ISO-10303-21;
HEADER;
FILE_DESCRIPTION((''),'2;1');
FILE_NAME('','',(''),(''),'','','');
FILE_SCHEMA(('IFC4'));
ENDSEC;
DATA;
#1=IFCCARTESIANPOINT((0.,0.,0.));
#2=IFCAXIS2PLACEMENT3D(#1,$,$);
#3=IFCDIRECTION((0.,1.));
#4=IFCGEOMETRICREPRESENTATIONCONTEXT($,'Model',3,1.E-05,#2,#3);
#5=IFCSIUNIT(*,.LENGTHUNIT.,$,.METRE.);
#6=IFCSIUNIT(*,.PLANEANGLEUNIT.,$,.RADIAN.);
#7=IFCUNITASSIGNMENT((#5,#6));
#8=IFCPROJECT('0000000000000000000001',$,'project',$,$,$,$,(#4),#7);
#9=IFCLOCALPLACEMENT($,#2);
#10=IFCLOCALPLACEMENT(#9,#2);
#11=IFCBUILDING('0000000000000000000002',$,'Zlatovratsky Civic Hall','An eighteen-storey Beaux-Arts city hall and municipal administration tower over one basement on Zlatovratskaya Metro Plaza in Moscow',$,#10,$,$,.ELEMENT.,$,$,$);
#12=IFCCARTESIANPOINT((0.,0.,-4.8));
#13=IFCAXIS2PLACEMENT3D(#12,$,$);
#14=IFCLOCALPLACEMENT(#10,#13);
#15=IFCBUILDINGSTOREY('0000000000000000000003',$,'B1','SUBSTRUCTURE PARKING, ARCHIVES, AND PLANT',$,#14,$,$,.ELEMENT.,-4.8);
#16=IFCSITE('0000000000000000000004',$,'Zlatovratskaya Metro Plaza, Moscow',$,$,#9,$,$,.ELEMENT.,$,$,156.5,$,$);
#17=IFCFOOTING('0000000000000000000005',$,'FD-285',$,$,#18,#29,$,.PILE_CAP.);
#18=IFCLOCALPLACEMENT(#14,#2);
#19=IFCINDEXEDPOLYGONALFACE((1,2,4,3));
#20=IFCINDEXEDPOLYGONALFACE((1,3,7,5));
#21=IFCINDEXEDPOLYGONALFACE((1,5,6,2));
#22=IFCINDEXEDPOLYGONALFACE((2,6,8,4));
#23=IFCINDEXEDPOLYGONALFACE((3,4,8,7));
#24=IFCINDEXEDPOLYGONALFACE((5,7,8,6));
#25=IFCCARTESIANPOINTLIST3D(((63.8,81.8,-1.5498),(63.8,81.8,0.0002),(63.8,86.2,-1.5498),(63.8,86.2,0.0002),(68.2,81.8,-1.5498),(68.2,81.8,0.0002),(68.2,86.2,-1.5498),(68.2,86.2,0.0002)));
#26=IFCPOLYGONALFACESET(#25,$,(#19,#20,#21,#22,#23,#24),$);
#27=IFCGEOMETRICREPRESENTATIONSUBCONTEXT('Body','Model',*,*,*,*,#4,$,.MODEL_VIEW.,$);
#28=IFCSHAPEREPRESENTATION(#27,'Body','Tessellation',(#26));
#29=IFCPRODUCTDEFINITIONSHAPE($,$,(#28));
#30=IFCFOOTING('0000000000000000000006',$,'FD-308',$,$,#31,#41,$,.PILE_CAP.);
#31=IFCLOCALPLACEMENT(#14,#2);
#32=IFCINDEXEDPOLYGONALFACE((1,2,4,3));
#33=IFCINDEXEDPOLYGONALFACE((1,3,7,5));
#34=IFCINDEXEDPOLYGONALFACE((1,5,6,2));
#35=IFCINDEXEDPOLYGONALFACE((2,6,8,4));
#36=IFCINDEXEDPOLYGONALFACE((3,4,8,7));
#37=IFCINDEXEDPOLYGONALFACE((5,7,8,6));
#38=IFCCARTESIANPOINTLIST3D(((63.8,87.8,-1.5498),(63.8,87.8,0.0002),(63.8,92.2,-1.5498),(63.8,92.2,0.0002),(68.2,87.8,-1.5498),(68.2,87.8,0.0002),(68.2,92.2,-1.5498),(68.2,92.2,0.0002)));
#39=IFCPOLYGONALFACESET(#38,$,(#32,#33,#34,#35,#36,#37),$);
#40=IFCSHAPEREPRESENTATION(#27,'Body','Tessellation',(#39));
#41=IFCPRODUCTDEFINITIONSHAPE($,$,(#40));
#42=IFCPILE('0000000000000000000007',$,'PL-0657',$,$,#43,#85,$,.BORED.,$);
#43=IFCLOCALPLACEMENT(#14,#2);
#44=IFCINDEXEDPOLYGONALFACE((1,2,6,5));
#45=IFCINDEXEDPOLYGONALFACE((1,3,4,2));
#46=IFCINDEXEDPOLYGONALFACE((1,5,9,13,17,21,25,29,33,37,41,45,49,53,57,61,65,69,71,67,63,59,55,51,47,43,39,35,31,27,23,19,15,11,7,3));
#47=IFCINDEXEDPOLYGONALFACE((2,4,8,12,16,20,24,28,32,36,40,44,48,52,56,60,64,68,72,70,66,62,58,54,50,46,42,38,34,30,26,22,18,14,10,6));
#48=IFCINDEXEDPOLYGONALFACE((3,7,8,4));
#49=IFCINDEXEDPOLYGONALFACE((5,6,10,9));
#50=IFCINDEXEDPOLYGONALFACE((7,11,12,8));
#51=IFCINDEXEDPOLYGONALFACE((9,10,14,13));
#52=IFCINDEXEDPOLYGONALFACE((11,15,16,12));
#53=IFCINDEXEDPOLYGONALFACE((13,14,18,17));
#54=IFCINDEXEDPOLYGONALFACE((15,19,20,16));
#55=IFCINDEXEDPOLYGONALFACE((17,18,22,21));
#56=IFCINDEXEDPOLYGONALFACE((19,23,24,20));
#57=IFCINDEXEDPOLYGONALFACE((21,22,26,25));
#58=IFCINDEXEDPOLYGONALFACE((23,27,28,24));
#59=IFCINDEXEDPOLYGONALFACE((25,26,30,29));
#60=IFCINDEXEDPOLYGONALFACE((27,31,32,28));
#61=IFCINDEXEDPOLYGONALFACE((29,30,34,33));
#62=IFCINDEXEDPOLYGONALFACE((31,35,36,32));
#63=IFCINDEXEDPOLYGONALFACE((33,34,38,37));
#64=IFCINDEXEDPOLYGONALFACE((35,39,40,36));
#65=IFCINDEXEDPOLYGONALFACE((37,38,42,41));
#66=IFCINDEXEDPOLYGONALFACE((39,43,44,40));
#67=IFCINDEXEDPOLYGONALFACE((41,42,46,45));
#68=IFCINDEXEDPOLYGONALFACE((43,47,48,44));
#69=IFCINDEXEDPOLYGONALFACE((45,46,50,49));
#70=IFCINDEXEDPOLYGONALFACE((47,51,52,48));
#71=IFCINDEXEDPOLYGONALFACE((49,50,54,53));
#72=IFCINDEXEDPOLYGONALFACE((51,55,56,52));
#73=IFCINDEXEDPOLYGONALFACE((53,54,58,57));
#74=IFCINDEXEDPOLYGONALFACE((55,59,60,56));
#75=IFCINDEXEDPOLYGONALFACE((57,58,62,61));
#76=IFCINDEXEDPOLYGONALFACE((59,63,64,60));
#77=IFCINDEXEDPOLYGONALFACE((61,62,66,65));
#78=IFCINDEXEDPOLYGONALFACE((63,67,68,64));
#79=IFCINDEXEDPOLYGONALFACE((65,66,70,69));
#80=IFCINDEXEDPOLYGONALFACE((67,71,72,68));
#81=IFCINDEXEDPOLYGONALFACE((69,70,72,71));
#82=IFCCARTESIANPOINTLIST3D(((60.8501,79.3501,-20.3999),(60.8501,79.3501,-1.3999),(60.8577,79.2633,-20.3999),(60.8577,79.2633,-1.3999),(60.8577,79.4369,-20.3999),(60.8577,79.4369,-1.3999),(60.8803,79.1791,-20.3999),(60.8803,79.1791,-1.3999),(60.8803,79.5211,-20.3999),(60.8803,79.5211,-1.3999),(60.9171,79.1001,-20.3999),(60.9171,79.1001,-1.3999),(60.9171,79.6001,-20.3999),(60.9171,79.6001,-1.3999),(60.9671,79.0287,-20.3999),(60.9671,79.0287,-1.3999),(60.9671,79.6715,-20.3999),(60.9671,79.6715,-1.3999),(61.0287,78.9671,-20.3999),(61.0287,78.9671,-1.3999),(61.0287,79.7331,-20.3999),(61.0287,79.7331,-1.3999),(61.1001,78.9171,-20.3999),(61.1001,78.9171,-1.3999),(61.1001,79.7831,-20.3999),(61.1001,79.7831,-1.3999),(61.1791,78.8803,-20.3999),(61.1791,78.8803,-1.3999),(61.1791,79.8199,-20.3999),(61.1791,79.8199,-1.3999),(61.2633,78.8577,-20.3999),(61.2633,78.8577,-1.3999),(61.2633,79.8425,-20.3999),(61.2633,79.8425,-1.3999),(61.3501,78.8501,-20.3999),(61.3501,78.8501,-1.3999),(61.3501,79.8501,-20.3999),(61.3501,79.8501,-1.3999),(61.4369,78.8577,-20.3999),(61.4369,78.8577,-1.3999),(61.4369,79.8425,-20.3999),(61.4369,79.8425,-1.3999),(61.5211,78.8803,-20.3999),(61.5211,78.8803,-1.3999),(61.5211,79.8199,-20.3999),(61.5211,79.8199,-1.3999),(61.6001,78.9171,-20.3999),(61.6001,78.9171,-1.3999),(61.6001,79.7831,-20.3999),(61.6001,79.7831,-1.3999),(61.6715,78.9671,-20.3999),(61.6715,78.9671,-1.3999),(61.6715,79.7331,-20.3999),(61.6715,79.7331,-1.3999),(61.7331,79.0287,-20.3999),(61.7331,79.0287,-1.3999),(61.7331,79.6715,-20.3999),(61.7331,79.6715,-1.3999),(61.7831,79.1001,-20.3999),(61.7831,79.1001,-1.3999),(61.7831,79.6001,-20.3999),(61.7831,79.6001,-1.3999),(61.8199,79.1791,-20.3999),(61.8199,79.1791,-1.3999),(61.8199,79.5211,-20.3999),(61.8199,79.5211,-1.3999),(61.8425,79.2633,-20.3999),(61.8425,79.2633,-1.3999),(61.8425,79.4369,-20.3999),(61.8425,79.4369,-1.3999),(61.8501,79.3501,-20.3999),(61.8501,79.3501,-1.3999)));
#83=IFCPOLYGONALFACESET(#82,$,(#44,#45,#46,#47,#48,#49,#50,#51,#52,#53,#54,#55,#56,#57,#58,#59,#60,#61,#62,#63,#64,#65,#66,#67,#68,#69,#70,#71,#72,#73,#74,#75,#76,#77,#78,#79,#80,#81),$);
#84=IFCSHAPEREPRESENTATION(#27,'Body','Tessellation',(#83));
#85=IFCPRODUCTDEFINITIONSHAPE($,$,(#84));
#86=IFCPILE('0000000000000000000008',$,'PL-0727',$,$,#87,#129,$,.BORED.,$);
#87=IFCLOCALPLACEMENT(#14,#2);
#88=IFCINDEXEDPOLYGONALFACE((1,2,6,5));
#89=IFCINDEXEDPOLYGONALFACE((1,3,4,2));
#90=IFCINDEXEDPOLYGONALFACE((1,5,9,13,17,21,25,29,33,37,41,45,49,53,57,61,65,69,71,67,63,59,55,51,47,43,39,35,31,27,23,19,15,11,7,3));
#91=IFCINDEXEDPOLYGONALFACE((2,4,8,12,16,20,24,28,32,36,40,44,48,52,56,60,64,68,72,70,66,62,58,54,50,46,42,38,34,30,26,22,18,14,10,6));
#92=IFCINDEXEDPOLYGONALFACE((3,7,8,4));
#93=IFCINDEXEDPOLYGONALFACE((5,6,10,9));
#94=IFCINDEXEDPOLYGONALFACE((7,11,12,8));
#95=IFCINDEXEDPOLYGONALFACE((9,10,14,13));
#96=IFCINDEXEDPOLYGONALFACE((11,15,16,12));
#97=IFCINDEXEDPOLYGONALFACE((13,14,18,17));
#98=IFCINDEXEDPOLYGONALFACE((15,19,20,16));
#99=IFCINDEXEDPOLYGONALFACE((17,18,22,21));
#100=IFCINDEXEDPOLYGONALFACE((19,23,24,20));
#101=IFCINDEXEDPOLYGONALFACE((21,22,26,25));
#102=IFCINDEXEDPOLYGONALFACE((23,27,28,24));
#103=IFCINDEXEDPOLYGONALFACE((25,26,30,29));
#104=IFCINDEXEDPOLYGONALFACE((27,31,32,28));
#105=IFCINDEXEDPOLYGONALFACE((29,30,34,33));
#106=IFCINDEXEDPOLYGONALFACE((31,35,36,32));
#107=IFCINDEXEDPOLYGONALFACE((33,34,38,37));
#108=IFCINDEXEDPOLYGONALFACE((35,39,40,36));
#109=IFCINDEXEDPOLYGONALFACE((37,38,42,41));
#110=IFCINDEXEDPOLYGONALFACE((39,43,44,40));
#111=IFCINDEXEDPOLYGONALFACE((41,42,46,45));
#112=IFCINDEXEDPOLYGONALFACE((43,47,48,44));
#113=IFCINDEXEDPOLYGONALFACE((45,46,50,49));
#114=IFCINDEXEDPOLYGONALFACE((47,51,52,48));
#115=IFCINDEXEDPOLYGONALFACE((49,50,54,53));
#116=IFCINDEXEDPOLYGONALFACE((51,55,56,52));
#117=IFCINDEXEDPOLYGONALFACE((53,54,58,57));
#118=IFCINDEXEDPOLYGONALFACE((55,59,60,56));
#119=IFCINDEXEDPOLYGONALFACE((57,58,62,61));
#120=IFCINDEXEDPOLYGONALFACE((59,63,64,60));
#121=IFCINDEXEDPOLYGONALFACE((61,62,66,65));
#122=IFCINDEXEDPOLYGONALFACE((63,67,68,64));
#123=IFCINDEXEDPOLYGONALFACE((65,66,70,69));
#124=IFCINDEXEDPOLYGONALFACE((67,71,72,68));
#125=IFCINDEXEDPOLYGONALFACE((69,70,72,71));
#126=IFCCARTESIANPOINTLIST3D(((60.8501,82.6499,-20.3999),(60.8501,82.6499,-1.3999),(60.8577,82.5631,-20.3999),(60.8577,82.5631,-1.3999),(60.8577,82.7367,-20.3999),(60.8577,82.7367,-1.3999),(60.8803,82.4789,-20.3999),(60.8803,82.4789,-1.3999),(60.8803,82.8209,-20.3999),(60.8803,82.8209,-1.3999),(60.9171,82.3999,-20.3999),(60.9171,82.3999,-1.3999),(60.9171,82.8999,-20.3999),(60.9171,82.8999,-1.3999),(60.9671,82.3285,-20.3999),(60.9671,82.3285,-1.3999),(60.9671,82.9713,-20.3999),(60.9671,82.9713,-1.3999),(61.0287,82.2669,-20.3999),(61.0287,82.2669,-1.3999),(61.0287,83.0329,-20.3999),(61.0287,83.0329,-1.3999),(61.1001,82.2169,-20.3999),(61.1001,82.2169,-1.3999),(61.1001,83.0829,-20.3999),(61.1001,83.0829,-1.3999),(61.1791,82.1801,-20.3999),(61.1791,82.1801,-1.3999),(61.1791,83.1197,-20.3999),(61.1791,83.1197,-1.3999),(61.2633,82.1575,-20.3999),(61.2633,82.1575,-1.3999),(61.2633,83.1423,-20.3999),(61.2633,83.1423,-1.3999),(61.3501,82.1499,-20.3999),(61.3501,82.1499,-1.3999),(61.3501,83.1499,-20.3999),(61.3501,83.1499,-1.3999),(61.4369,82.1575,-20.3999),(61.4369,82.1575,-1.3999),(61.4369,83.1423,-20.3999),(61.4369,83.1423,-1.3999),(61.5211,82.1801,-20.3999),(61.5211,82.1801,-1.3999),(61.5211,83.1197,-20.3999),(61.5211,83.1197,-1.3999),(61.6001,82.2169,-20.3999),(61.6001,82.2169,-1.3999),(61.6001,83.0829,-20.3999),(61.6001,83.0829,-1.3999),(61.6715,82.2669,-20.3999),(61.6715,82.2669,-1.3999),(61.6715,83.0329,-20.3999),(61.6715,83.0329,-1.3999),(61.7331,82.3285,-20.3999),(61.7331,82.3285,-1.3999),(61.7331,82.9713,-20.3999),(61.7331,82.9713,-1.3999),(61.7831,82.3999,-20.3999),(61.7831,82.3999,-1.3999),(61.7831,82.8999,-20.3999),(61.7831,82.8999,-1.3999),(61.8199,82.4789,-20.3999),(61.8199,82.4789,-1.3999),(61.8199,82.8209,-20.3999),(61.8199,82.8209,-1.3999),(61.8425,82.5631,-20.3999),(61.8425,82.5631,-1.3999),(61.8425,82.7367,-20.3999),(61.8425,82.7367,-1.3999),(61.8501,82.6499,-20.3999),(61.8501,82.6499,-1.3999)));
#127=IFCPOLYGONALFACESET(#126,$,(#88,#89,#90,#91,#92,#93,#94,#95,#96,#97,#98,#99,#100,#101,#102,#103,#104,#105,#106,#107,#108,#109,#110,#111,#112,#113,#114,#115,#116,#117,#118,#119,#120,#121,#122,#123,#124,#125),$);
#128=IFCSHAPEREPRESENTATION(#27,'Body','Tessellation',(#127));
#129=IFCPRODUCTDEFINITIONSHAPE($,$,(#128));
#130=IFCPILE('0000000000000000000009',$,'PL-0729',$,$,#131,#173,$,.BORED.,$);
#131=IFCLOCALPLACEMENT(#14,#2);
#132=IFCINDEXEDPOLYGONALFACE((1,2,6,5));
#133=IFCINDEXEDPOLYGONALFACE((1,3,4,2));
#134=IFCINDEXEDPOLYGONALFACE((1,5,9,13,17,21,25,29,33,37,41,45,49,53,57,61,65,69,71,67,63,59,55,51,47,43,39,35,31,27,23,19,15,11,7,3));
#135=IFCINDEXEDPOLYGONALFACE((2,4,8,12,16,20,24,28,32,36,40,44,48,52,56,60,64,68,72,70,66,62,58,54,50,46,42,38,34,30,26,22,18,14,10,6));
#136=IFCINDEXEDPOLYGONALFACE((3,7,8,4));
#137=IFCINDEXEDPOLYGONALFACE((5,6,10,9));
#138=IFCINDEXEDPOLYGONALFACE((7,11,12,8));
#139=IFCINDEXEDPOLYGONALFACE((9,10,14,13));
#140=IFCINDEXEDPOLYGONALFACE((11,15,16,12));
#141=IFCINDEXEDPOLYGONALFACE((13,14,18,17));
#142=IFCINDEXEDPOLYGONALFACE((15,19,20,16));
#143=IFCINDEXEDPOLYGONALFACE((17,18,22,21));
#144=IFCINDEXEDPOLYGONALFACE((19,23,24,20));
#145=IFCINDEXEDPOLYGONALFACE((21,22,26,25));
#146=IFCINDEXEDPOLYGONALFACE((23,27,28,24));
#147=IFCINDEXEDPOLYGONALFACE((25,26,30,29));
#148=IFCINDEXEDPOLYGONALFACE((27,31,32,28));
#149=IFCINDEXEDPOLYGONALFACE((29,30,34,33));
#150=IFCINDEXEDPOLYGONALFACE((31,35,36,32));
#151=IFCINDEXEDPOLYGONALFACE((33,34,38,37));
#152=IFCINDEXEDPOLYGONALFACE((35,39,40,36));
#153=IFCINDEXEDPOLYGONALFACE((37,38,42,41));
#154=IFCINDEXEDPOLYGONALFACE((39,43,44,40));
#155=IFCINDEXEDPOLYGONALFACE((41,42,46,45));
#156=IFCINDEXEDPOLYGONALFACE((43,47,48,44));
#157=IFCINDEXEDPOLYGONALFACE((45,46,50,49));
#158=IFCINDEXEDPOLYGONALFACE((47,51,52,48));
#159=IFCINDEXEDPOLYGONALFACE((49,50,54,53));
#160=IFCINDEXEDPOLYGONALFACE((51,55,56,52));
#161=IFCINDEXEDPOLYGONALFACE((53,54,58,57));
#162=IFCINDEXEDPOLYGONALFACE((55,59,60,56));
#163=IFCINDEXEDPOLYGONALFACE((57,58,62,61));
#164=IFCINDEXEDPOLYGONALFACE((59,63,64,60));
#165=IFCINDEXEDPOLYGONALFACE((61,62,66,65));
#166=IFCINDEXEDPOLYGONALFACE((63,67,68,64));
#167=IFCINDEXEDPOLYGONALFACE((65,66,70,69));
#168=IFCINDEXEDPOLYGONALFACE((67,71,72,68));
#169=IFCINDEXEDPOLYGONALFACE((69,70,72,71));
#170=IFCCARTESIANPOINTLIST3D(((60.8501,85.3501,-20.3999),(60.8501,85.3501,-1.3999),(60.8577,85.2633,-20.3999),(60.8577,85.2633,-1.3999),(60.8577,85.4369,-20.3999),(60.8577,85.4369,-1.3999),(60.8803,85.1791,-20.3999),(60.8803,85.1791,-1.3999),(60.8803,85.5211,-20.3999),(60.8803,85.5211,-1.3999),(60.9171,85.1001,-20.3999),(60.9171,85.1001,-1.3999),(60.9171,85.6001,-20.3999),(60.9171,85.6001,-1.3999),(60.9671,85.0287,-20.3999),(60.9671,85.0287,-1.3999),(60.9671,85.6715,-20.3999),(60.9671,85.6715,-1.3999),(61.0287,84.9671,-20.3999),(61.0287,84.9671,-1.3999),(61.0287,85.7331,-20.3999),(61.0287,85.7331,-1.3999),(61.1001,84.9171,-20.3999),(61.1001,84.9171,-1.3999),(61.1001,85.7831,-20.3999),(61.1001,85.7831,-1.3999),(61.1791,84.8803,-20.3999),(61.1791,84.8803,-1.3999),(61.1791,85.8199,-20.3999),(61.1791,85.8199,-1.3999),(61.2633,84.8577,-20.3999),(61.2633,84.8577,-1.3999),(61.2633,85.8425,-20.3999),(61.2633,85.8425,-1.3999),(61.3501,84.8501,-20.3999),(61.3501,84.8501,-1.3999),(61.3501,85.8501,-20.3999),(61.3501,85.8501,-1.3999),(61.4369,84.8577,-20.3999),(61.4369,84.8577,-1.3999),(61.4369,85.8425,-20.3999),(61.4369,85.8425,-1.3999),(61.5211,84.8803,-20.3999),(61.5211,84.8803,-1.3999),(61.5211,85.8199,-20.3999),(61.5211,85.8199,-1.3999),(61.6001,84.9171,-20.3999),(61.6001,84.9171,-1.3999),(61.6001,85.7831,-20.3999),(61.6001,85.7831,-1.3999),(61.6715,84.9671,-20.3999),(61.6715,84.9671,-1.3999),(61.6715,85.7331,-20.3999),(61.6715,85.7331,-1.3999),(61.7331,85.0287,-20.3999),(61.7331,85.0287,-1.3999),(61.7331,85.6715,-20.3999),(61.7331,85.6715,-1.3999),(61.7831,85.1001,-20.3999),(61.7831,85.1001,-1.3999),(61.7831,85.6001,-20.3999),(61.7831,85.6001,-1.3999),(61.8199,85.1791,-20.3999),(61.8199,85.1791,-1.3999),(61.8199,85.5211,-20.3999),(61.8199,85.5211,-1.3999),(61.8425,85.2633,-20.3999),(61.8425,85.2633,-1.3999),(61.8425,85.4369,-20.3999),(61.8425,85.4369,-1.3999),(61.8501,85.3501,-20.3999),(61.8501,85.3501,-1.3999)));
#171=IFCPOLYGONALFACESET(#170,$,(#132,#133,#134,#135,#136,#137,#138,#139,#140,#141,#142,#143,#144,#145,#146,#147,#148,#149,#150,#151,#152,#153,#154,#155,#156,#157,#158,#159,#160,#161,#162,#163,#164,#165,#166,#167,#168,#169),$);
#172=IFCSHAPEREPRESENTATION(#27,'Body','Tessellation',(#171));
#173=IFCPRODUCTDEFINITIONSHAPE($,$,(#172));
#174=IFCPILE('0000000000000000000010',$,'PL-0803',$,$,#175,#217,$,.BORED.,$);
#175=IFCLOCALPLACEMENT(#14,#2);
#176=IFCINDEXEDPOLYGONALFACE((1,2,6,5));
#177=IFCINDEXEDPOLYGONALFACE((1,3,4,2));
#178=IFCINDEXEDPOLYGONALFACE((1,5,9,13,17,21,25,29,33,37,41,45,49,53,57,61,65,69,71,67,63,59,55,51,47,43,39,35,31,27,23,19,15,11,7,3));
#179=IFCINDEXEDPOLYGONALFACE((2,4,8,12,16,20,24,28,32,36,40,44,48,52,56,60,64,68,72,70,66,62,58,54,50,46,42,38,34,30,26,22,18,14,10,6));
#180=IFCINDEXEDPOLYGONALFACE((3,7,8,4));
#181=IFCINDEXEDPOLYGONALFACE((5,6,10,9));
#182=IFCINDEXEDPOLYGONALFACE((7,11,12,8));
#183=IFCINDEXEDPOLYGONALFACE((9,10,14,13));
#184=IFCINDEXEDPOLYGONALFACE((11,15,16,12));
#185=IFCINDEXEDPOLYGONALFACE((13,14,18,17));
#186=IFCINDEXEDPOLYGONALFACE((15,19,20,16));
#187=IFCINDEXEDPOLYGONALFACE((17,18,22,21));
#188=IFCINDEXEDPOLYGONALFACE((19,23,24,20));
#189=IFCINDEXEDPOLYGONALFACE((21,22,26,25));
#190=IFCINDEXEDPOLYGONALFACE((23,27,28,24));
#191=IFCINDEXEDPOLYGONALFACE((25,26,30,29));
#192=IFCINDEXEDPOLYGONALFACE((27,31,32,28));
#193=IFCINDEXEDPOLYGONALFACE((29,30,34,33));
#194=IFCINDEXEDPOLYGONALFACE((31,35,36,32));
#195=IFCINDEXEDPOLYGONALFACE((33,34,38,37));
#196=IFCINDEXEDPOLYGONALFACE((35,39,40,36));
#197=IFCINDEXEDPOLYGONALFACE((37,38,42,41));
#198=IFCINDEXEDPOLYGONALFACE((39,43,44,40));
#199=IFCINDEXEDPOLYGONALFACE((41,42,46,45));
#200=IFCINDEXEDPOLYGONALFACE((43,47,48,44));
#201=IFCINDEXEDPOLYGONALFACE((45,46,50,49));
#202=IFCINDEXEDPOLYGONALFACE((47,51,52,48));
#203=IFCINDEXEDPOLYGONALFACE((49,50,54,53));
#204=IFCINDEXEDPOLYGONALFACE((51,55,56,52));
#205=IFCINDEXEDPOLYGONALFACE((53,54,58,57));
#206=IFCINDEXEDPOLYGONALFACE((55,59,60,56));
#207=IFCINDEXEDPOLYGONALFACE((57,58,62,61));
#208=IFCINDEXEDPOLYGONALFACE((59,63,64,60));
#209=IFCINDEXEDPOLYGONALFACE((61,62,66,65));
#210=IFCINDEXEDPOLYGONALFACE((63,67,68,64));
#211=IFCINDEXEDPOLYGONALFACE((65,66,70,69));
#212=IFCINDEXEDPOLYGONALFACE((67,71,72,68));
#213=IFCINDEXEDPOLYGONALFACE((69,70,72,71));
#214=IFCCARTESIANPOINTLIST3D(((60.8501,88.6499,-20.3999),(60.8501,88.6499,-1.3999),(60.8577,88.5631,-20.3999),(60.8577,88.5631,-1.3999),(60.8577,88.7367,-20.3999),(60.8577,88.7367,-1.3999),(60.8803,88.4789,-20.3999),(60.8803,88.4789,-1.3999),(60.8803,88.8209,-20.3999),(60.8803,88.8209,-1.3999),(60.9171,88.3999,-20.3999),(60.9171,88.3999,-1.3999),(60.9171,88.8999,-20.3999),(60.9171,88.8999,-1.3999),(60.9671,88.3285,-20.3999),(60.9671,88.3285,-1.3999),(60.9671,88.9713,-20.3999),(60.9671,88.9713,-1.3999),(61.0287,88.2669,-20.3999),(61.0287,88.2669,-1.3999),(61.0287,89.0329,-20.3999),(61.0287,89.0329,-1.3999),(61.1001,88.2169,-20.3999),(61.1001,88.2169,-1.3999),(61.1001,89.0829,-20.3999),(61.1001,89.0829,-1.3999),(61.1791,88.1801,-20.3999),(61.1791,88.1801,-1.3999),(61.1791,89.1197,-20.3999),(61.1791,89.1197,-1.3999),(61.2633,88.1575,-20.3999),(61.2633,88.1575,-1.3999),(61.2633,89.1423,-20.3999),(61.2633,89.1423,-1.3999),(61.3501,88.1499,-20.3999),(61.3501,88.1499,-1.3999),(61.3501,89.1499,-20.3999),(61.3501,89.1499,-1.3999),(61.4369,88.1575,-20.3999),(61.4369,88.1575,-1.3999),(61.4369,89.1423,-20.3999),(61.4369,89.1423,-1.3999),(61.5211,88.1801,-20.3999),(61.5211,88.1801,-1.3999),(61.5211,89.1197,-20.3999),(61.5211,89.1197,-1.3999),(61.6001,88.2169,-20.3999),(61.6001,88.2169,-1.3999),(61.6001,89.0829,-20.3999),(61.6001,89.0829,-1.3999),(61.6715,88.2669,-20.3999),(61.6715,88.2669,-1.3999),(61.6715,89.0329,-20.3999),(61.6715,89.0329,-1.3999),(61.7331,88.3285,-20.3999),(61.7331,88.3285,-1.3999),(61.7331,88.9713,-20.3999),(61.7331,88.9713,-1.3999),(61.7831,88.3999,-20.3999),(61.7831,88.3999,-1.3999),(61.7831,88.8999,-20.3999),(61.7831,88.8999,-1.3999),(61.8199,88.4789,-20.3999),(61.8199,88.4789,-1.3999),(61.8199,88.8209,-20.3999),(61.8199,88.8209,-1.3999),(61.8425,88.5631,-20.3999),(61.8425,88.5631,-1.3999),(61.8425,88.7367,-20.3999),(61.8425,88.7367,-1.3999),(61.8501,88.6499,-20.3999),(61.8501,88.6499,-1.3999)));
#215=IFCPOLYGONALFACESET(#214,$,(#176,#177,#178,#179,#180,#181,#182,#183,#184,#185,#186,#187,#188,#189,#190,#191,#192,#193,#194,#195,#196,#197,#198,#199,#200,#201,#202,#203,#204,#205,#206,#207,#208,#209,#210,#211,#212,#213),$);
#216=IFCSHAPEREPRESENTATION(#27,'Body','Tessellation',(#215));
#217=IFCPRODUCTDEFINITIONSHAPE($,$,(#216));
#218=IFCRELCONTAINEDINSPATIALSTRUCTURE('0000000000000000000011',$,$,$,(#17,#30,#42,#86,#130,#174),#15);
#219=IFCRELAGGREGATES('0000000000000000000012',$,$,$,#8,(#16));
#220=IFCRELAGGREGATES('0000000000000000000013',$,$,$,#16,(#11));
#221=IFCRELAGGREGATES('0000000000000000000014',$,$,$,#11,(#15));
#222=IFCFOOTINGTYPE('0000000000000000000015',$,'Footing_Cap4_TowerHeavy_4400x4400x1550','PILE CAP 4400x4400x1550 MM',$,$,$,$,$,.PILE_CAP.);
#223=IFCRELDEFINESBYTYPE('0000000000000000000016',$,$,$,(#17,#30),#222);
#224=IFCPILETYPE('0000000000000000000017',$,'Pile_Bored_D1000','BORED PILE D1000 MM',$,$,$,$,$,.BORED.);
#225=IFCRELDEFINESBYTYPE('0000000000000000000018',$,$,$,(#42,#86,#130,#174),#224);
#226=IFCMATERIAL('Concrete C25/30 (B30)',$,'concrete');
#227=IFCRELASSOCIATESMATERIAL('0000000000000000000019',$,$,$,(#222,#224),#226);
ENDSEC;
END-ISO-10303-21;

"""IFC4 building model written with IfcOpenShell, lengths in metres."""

from ifc_helpers import new_model, si_unit, direction, frame, origin, origin_2d, place, context, subcontext, project, spatial, rectangle, circle, extrude, material, material_profile, profile_set, type_object, element, save


model = new_model("IFC4")

# Units and contexts
model_context = context("Model", 3, precision=1e-05, world=origin(), true_north=direction((0.0, 1.0)))
body_context = subcontext(model_context, "Body", "Model", "MODEL_VIEW")
ifc_project = project(units=[si_unit("LENGTHUNIT", "METRE"), si_unit("PLANEANGLEUNIT", "RADIAN")], contexts=[model_context])

# Site, building, storey
site_placement = place(None, origin())
site = spatial("IfcSite", under=ifc_project, at=site_placement, Name="Zlatovratskaya Metro Plaza, Moscow", CompositionType="ELEMENT", RefElevation=156.5)
building_placement = place(site_placement, origin())
building = spatial("IfcBuilding", under=site, at=building_placement, Name="Zlatovratsky Civic Hall", Description="An eighteen-storey Beaux-Arts city hall and municipal administration tower over one basement on Zlatovratskaya Metro Plaza in Moscow", CompositionType="ELEMENT")
storey_placement = place(building_placement, frame((0.0, 0.0, -4.8)))
storey = spatial("IfcBuildingStorey", under=building, at=storey_placement, Name="B1", Description="SUBSTRUCTURE PARKING, ARCHIVES, AND PLANT", CompositionType="ELEMENT", Elevation=-4.8)

# Footings
ifc_material_1 = material(Name="Concrete C25/30 (B30)", Category="concrete")
footing_type = type_object("IfcFootingType", Name="Footing_Cap4_TowerHeavy_4400x4400x1550", Description="PILE CAP 4400x4400x1550 MM", PredefinedType="PILE_CAP", material=ifc_material_1)
for number, where, z_axis, x_axis, name in (
    (1, (66.0, 84.0, -1.5498), (0.0, 0.0, 1.0), (1.0, 0.0, 0.0), "FD-285"),
    (2, (66.0, 90.0, -1.5498), (0.0, 0.0, 1.0), (1.0, 0.0, 0.0), "FD-308"),
):
    element("IfcFooting", number, at=place(storey_placement, frame(where, z_axis=z_axis, x_axis=x_axis)), inside=storey, type_object=footing_type, Name=name, PredefinedType="PILE_CAP", context=body_context, shape_type="SweptSolid", body=[
        extrude(rectangle(XDim=4.3999, YDim=4.3999, at=origin_2d()), origin(), (0.0, 0.0, 1.0), 1.55),
    ])

# Piles
ifc_material_profile_1 = material_profile(ifc_material_1, circle(Radius=0.5, at=origin_2d()), Name="PILE D1000")
ifc_profile_set_1 = profile_set([ifc_material_profile_1], Name="Concrete C25/30 (B30)")
pile_type_1 = type_object("IfcPileType", Name="Pile_Bored_D1000", Description="BORED PILE D1000 MM", PredefinedType="BORED", material=ifc_profile_set_1)
for number, where, z_axis, x_axis, name in (
    (3, (61.3501, 79.3501, -1.3999), (0.0, 0.0, -1.0), (1.0, 0.0, 0.0), "PL-0657"),
    (4, (61.3501, 82.6499, -1.3999), (0.0, 0.0, -1.0), (1.0, 0.0, 0.0), "PL-0727"),
    (5, (61.3501, 85.3501, -1.3999), (0.0, 0.0, -1.0), (1.0, 0.0, 0.0), "PL-0729"),
    (6, (61.3501, 88.6499, -1.3999), (0.0, 0.0, -1.0), (1.0, 0.0, 0.0), "PL-0803"),
):
    element("IfcPile", number, at=place(storey_placement, frame(where, z_axis=z_axis, x_axis=x_axis)), inside=storey, type_object=pile_type_1, Name=name, PredefinedType="BORED", context=body_context, shape_type="SweptSolid", body=[
        extrude(circle(Radius=0.5, at=origin_2d()), origin(), (0.0, 0.0, 1.0), 19.0),
    ])

save(model, "model.ifc")
